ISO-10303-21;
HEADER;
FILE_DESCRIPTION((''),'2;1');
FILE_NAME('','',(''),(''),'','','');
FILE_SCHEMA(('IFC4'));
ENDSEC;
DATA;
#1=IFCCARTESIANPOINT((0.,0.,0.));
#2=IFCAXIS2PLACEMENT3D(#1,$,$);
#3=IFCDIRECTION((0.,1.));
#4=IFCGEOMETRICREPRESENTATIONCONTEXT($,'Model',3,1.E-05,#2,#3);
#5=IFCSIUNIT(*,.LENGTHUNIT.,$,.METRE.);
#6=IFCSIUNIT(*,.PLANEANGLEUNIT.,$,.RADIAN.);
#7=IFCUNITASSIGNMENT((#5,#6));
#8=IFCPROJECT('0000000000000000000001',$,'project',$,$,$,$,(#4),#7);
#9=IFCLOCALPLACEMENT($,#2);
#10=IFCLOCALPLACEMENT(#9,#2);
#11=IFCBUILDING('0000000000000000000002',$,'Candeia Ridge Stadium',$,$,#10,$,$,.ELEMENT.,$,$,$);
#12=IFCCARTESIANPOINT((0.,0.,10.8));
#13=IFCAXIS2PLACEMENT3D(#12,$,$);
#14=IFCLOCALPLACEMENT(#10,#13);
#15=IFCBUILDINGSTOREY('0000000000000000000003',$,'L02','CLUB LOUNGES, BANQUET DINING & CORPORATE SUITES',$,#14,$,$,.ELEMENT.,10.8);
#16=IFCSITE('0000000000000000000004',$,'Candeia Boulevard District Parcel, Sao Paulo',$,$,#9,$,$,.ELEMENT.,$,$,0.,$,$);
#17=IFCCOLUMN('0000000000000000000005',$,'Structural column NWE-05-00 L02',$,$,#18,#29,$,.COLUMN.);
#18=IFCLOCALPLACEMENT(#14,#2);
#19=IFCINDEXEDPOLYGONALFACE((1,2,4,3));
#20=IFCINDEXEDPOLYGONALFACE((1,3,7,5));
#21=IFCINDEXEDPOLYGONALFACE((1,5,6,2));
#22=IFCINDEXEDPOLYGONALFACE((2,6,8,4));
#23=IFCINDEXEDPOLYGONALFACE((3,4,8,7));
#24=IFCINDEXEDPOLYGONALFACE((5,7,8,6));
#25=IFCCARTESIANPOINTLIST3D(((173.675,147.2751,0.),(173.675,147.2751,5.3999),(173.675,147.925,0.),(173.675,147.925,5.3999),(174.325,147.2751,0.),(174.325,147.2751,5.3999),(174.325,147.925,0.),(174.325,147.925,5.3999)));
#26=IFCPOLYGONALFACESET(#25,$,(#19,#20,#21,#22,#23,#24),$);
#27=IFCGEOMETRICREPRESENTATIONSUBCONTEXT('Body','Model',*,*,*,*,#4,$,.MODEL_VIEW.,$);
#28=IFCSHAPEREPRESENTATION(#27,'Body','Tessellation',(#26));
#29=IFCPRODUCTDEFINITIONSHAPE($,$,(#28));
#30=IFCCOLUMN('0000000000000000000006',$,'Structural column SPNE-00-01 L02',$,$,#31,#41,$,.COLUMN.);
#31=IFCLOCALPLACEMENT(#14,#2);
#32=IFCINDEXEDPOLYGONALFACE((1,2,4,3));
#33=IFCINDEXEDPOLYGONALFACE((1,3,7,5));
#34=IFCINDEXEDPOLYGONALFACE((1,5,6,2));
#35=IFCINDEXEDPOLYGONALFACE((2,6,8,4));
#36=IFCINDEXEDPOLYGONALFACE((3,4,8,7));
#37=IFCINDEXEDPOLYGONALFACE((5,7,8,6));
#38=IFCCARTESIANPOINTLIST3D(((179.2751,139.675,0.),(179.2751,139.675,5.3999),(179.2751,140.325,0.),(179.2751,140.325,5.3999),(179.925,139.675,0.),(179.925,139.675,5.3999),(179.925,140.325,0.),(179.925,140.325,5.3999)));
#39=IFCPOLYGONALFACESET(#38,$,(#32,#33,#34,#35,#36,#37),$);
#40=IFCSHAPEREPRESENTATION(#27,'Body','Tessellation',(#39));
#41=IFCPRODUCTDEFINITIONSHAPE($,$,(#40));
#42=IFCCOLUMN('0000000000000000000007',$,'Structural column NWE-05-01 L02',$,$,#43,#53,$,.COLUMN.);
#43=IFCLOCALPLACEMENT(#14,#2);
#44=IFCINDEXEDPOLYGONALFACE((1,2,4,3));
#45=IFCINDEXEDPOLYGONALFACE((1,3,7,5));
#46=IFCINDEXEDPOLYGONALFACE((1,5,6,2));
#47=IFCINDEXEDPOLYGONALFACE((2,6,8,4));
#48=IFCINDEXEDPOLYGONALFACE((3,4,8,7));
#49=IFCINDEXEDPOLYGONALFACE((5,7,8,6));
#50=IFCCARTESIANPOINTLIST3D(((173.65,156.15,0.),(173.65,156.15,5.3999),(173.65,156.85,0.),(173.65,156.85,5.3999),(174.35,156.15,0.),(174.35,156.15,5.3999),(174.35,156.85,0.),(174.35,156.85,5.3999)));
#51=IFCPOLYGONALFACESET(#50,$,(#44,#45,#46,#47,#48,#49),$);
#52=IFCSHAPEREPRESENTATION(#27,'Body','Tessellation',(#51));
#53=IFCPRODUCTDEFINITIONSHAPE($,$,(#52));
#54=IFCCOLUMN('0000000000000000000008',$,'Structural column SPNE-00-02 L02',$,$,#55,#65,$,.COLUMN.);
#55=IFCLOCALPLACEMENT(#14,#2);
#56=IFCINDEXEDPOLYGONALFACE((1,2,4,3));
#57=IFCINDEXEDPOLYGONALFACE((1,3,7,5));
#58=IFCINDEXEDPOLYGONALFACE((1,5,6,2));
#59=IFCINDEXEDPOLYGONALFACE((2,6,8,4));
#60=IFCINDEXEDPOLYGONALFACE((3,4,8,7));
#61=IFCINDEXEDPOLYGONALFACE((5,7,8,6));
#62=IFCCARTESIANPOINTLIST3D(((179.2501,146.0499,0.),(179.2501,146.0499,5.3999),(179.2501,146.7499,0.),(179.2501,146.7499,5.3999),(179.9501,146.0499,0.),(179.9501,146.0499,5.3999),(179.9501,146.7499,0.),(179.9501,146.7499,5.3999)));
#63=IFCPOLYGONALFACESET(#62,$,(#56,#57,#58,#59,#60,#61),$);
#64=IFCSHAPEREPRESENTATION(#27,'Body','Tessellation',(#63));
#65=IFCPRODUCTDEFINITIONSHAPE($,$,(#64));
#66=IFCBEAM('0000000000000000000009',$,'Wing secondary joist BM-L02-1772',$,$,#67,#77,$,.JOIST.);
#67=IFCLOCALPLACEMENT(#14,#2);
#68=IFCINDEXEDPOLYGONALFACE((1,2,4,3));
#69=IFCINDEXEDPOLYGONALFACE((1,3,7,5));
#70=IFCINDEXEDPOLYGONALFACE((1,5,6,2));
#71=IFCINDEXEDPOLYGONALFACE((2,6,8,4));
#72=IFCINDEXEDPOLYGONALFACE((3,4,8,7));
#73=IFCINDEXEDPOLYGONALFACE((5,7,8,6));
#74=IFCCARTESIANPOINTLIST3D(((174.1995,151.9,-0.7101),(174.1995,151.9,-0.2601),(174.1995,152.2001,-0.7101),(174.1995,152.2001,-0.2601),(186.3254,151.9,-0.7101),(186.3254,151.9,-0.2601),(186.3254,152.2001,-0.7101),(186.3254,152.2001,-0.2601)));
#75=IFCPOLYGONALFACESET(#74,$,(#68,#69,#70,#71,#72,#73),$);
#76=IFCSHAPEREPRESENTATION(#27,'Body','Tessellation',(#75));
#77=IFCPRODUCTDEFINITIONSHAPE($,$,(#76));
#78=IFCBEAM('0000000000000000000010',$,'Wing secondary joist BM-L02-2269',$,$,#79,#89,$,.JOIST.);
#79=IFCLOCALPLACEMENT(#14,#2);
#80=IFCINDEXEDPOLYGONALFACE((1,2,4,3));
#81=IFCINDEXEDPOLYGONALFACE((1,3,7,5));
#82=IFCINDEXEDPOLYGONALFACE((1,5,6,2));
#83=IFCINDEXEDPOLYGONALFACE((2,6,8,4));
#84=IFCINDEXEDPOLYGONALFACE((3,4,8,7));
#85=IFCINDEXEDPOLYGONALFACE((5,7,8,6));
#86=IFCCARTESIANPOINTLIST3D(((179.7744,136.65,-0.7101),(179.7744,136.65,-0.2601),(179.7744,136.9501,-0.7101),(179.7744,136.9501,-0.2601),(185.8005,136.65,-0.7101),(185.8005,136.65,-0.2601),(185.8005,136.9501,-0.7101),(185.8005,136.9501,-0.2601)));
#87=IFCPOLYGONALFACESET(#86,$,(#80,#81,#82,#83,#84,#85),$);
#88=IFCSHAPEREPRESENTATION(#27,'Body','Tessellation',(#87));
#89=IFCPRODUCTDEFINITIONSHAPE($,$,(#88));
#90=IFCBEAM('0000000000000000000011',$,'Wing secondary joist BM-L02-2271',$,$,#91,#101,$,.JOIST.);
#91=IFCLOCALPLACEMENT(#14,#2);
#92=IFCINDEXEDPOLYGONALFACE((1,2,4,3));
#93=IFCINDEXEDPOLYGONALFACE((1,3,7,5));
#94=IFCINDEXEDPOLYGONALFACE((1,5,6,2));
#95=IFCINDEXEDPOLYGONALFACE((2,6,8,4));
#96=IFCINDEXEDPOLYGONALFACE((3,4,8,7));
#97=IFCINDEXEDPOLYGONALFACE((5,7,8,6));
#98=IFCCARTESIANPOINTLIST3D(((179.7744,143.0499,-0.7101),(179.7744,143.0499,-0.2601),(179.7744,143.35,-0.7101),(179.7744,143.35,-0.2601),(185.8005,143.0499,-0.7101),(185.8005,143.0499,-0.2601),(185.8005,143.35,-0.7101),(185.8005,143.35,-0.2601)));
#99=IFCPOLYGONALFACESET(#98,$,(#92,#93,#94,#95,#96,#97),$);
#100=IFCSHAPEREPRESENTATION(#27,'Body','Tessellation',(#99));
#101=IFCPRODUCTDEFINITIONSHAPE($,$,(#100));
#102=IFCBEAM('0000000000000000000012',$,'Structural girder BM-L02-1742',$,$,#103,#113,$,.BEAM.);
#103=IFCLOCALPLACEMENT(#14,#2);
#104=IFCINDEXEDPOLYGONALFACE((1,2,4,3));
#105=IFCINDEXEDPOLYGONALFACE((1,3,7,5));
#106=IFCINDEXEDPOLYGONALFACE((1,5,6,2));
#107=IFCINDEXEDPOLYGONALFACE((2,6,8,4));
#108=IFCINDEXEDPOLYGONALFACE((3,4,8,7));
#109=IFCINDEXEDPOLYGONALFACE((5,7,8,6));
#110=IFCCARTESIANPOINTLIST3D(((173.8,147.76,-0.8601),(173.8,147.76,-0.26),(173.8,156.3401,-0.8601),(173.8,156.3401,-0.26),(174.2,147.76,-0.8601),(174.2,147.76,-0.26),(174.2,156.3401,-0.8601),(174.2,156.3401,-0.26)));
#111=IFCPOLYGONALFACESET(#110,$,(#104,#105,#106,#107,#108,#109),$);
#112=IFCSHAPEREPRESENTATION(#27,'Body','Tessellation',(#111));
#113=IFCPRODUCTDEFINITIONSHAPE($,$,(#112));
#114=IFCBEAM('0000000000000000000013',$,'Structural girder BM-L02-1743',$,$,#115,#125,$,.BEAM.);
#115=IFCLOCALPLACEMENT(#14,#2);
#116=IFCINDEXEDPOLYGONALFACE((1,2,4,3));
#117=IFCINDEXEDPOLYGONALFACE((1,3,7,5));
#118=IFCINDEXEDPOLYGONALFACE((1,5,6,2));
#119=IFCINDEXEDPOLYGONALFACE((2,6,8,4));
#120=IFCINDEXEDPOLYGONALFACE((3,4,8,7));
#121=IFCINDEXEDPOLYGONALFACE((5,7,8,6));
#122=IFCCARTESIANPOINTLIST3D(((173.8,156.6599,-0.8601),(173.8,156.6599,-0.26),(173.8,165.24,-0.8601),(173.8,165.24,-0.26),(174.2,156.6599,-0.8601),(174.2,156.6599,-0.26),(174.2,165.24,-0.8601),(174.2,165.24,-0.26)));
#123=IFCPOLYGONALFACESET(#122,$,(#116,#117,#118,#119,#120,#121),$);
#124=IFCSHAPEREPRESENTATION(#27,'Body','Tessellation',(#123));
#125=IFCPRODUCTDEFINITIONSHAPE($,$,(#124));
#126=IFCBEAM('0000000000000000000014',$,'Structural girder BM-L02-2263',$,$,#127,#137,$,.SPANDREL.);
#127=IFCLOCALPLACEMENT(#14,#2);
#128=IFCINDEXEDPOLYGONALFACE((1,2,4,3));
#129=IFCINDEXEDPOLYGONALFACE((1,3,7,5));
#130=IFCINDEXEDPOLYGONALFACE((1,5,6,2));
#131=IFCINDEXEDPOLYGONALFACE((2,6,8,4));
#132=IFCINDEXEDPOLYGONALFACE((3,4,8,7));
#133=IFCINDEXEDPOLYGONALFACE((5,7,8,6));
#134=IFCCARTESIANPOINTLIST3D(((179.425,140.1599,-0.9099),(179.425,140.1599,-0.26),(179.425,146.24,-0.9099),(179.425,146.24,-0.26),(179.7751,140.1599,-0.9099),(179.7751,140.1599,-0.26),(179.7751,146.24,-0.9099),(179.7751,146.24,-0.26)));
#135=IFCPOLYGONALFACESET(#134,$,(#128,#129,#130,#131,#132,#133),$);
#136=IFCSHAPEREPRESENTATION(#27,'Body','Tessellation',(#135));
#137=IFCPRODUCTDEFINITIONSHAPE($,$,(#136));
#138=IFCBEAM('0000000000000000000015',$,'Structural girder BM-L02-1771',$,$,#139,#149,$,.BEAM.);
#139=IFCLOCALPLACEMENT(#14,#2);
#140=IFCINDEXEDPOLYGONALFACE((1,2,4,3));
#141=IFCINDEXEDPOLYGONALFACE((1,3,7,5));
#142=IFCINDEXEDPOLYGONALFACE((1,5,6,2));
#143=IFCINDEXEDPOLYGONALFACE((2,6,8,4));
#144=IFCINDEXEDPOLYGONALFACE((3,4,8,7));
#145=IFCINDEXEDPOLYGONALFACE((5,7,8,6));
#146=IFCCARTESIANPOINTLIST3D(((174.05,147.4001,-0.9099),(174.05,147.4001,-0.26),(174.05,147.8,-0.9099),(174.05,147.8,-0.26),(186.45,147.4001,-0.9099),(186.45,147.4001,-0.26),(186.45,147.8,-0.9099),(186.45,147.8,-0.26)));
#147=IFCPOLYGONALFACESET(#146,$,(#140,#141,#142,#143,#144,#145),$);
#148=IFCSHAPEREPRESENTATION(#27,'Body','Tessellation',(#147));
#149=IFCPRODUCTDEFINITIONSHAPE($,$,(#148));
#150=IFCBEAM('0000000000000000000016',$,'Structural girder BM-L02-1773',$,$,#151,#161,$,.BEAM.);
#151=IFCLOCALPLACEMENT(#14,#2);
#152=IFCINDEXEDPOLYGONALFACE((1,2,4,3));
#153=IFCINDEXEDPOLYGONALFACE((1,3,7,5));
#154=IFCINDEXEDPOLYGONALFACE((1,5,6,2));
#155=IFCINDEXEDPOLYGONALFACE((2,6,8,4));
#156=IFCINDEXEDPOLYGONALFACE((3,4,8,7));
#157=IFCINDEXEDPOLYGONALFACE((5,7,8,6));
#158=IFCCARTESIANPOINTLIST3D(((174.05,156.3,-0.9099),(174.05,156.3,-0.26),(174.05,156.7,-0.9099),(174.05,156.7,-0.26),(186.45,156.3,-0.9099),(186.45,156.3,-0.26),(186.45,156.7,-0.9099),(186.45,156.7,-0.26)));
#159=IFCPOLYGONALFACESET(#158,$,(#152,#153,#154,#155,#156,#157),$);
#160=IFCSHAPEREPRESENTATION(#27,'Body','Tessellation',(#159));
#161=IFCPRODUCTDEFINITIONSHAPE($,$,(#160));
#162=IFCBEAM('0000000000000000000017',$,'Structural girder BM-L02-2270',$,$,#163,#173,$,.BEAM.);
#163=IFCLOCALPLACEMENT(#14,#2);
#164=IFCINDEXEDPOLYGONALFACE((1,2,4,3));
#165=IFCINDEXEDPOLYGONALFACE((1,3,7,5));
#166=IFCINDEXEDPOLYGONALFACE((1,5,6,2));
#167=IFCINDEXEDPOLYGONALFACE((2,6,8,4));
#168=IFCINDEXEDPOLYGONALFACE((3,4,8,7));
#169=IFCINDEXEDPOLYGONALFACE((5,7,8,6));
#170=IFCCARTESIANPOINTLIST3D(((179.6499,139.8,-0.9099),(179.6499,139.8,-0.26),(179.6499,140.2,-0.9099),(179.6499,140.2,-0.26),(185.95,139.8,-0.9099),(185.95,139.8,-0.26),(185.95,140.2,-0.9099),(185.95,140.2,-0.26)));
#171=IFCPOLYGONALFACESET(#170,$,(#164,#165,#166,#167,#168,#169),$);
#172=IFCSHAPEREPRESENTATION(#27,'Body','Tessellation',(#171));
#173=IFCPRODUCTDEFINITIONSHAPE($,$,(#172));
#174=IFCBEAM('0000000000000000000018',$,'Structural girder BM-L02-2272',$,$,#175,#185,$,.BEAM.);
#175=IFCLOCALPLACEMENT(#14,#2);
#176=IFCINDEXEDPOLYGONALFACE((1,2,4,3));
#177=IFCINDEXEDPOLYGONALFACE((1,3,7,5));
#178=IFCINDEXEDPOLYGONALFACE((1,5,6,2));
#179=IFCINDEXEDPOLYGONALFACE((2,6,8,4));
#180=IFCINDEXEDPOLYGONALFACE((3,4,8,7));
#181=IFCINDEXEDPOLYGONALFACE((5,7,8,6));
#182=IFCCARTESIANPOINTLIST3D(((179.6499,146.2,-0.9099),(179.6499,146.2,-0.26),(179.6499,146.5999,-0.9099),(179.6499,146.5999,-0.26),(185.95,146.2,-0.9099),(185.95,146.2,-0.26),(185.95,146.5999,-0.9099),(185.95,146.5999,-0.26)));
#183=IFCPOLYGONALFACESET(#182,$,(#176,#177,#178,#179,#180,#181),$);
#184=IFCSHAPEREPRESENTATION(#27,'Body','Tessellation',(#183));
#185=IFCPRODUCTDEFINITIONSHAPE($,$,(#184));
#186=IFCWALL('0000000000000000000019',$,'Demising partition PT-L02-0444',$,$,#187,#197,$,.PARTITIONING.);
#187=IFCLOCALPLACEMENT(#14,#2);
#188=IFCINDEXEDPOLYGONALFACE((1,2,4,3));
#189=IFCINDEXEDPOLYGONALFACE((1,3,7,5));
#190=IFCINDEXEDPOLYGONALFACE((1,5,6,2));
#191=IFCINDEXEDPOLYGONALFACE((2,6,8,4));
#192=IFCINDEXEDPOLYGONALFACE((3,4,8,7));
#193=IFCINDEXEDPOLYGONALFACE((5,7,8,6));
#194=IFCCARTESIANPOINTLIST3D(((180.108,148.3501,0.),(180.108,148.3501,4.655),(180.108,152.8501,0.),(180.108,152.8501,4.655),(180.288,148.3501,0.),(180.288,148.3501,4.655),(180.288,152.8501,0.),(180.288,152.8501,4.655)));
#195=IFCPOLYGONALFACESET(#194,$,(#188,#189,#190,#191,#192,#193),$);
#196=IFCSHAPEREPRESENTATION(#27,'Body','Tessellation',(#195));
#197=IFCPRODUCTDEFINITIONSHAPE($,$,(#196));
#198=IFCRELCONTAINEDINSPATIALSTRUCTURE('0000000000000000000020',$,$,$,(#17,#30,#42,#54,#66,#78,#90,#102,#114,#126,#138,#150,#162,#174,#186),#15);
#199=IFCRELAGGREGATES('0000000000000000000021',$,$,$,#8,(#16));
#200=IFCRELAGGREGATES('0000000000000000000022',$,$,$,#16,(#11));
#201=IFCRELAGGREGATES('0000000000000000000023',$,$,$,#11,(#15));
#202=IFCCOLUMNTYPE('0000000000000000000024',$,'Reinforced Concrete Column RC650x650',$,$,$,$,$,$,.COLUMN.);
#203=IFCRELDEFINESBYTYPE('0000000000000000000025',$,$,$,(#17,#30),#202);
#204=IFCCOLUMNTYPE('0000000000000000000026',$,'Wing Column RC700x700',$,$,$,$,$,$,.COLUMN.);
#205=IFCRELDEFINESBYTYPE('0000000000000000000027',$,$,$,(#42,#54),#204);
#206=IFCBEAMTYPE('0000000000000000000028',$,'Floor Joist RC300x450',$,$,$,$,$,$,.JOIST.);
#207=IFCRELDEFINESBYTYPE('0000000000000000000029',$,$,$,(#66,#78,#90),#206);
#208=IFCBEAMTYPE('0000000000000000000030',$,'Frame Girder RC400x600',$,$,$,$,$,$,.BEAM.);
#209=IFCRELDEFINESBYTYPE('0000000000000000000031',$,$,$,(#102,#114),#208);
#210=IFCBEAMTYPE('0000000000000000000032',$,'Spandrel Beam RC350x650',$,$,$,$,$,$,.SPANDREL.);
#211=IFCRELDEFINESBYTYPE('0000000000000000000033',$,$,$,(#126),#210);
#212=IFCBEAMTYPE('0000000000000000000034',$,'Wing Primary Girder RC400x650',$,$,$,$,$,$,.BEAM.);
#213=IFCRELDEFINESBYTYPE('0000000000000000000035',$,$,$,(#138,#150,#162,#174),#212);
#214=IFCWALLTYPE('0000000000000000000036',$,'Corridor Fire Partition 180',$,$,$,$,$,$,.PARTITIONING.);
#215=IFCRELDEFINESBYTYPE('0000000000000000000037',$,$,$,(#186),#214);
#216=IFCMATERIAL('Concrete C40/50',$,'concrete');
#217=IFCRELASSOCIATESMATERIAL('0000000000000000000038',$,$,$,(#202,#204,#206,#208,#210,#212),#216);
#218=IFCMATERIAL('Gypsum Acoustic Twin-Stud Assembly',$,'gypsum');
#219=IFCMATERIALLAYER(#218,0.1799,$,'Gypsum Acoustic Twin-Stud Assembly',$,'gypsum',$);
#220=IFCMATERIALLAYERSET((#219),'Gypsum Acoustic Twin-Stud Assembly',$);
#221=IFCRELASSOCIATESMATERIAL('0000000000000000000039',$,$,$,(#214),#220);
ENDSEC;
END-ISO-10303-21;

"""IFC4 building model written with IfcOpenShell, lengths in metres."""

from ifc_helpers import new_model, si_unit, direction, frame, frame_2d, origin, origin_2d, place, context, subcontext, project, spatial, rectangle, extrude, material, layer, layer_set, material_profile, profile_set, type_object, element, save


model = new_model("IFC4")

# Units and contexts
model_context = context("Model", 3, precision=1e-05, world=origin(), true_north=direction((0.0, 1.0)))
body_context = subcontext(model_context, "Body", "Model", "MODEL_VIEW")
ifc_project = project(units=[si_unit("LENGTHUNIT", "METRE"), si_unit("PLANEANGLEUNIT", "RADIAN")], contexts=[model_context])

# Site, building, storey
site_placement = place(None, origin())
site = spatial("IfcSite", under=ifc_project, at=site_placement, Name="Candeia Boulevard District Parcel, Sao Paulo", CompositionType="ELEMENT", RefElevation=0.0)
building_placement = place(site_placement, origin())
building = spatial("IfcBuilding", under=site, at=building_placement, Name="Candeia Ridge Stadium", CompositionType="ELEMENT")
storey_placement = place(building_placement, frame((0.0, 0.0, 10.8)))
storey = spatial("IfcBuildingStorey", under=building, at=storey_placement, Name="L02", Description="CLUB LOUNGES, BANQUET DINING & CORPORATE SUITES", CompositionType="ELEMENT", Elevation=10.8)

# Columns
ifc_material_1 = material(Name="Concrete C40/50", Category="concrete")
ifc_material_profile_1 = material_profile(ifc_material_1, rectangle(XDim=0.6499, YDim=0.6499, at=origin_2d()), Name="RC650x650", Category="concrete")
ifc_profile_set_1 = profile_set([ifc_material_profile_1], Name="Concrete C40/50")
column_type_1 = type_object("IfcColumnType", Name="Reinforced Concrete Column RC650x650", PredefinedType="COLUMN", material=ifc_profile_set_1)
for number, where, z_axis, x_axis, name in (
    (1, (174.0, 147.6001, 0.0), (0.0, 0.0, 1.0), (1.0, 0.0, 0.0), "Structural column NWE-05-00 L02"),
    (2, (179.6001, 140.0, 0.0), (0.0, 0.0, 1.0), (1.0, 0.0, 0.0), "Structural column SPNE-00-01 L02"),
):
    element("IfcColumn", number, at=place(storey_placement, frame(where, z_axis=z_axis, x_axis=x_axis)), inside=storey, type_object=column_type_1, Name=name, PredefinedType="COLUMN", context=body_context, shape_type="SweptSolid", body=[
        extrude(rectangle(XDim=0.6499, YDim=0.6499, at=origin_2d()), origin(), (0.0, 0.0, 1.0), 5.3999),
    ])
ifc_material_profile_2 = material_profile(ifc_material_1, rectangle(XDim=0.7, YDim=0.7, at=origin_2d()), Name="RC700x700", Category="concrete")
ifc_profile_set_2 = profile_set([ifc_material_profile_2], Name="Concrete C40/50")
column_type_2 = type_object("IfcColumnType", Name="Wing Column RC700x700", PredefinedType="COLUMN", material=ifc_profile_set_2)
for number, where, z_axis, x_axis, name in (
    (3, (174.0, 156.5, 0.0), (0.0, 0.0, 1.0), (1.0, 0.0, 0.0), "Structural column NWE-05-01 L02"),
    (4, (179.6001, 146.3999, 0.0), (0.0, 0.0, 1.0), (1.0, 0.0, 0.0), "Structural column SPNE-00-02 L02"),
):
    element("IfcColumn", number, at=place(storey_placement, frame(where, z_axis=z_axis, x_axis=x_axis)), inside=storey, type_object=column_type_2, Name=name, PredefinedType="COLUMN", context=body_context, shape_type="SweptSolid", body=[
        extrude(rectangle(XDim=0.7, YDim=0.7, at=origin_2d()), origin(), (0.0, 0.0, 1.0), 5.3999),
    ])

# Beams
ifc_material_profile_3 = material_profile(ifc_material_1, rectangle(XDim=0.3, YDim=0.45, at=origin_2d()), Name="RC300x450", Category="concrete")
ifc_profile_set_3 = profile_set([ifc_material_profile_3], Name="Concrete C40/50")
beam_type_1 = type_object("IfcBeamType", Name="Floor Joist RC300x450", PredefinedType="JOIST", material=ifc_profile_set_3)
beam_1_placement = place(storey_placement, frame((174.1995, 152.05, -0.4851), z_axis=(1.0, 0.0, 0.0), x_axis=(0.0, 1.0, 0.0)))
element("IfcBeam", 5, at=beam_1_placement, inside=storey, type_object=beam_type_1, Name="Wing secondary joist BM-L02-1772", PredefinedType="JOIST", context=body_context, shape_type="SweptSolid", body=[
    extrude(rectangle(XDim=0.3, YDim=0.45, at=origin_2d()), origin(), (0.0, 0.0, 1.0), 12.126),
])
for number, where, z_axis, x_axis, name in (
    (6, (179.7744, 136.8, -0.4851), (1.0, 0.0, 0.0), (0.0, 1.0, 0.0), "Wing secondary joist BM-L02-2269"),
    (7, (179.7744, 143.2, -0.4851), (1.0, 0.0, 0.0), (0.0, 1.0, 0.0), "Wing secondary joist BM-L02-2271"),
):
    element("IfcBeam", number, at=place(storey_placement, frame(where, z_axis=z_axis, x_axis=x_axis)), inside=storey, type_object=beam_type_1, Name=name, PredefinedType="JOIST", context=body_context, shape_type="SweptSolid", body=[
        extrude(rectangle(XDim=0.3, YDim=0.45, at=origin_2d()), origin(), (0.0, 0.0, 1.0), 6.0261),
    ])
ifc_material_profile_4 = material_profile(ifc_material_1, rectangle(XDim=0.3999, YDim=0.6001, at=origin_2d()), Name="RC400x600", Category="concrete")
ifc_profile_set_4 = profile_set([ifc_material_profile_4], Name="Concrete C40/50")
beam_type_2 = type_object("IfcBeamType", Name="Frame Girder RC400x600", PredefinedType="BEAM", material=ifc_profile_set_4)
for number, where, z_axis, x_axis, name in (
    (8, (174.0, 147.76, -0.5601), (0.0, 1.0, 0.0), (-1.0, 0.0, 0.0), "Structural girder BM-L02-1742"),
    (9, (174.0, 156.6599, -0.5601), (0.0, 1.0, 0.0), (-1.0, 0.0, 0.0), "Structural girder BM-L02-1743"),
):
    element("IfcBeam", number, at=place(storey_placement, frame(where, z_axis=z_axis, x_axis=x_axis)), inside=storey, type_object=beam_type_2, Name=name, PredefinedType="BEAM", context=body_context, shape_type="SweptSolid", body=[
        extrude(rectangle(XDim=0.3999, YDim=0.6001, at=origin_2d()), origin(), (0.0, 0.0, 1.0), 8.5801),
    ])
ifc_material_profile_5 = material_profile(ifc_material_1, rectangle(XDim=0.3501, YDim=0.6499, at=origin_2d()), Name="RC350x650", Category="concrete")
ifc_profile_set_5 = profile_set([ifc_material_profile_5], Name="Concrete C40/50")
beam_type_3 = type_object("IfcBeamType", Name="Spandrel Beam RC350x650", PredefinedType="SPANDREL", material=ifc_profile_set_5)
beam_2_placement = place(storey_placement, frame((179.6001, 140.1599, -0.585), z_axis=(0.0, 1.0, 0.0), x_axis=(-1.0, 0.0, 0.0)))
element("IfcBeam", 10, at=beam_2_placement, inside=storey, type_object=beam_type_3, Name="Structural girder BM-L02-2263", PredefinedType="SPANDREL", context=body_context, shape_type="SweptSolid", body=[
    extrude(rectangle(XDim=0.3501, YDim=0.6499, at=origin_2d()), origin(), (0.0, 0.0, 1.0), 6.0801),
])
ifc_material_profile_6 = material_profile(ifc_material_1, rectangle(XDim=0.3999, YDim=0.6499, at=origin_2d()), Name="RC400x650", Category="concrete")
ifc_profile_set_6 = profile_set([ifc_material_profile_6], Name="Concrete C40/50")
beam_type_4 = type_object("IfcBeamType", Name="Wing Primary Girder RC400x650", PredefinedType="BEAM", material=ifc_profile_set_6)
for number, where, z_axis, x_axis, name in (
    (11, (174.05, 147.6001, -0.585), (1.0, 0.0, 0.0), (0.0, 1.0, 0.0), "Structural girder BM-L02-1771"),
    (12, (174.05, 156.5, -0.585), (1.0, 0.0, 0.0), (0.0, 1.0, 0.0), "Structural girder BM-L02-1773"),
):
    element("IfcBeam", number, at=place(storey_placement, frame(where, z_axis=z_axis, x_axis=x_axis)), inside=storey, type_object=beam_type_4, Name=name, PredefinedType="BEAM", context=body_context, shape_type="SweptSolid", body=[
        extrude(rectangle(XDim=0.3999, YDim=0.6499, at=origin_2d()), origin(), (0.0, 0.0, 1.0), 12.3999),
    ])
for number, where, z_axis, x_axis, name in (
    (13, (179.6499, 140.0, -0.585), (1.0, 0.0, 0.0), (0.0, 1.0, 0.0), "Structural girder BM-L02-2270"),
    (14, (179.6499, 146.3999, -0.585), (1.0, 0.0, 0.0), (0.0, 1.0, 0.0), "Structural girder BM-L02-2272"),
):
    element("IfcBeam", number, at=place(storey_placement, frame(where, z_axis=z_axis, x_axis=x_axis)), inside=storey, type_object=beam_type_4, Name=name, PredefinedType="BEAM", context=body_context, shape_type="SweptSolid", body=[
        extrude(rectangle(XDim=0.3999, YDim=0.6499, at=origin_2d()), origin(), (0.0, 0.0, 1.0), 6.3),
    ])

# Wall
ifc_material_2 = material(Name="Gypsum Acoustic Twin-Stud Assembly", Category="gypsum")
ifc_layer_1 = layer(ifc_material_2, 0.1799, Name="Gypsum Acoustic Twin-Stud Assembly", Category="gypsum")
ifc_layer_set_1 = layer_set([ifc_layer_1], Name="Gypsum Acoustic Twin-Stud Assembly")
wall_type_1 = type_object("IfcWallType", Name="Corridor Fire Partition 180", PredefinedType="PARTITIONING", material=ifc_layer_set_1)
wall_1_placement = place(storey_placement, frame((180.198, 148.3501, 0.0), z_axis=(0.0, 0.0, 1.0), x_axis=(0.0, 1.0, 0.0)))
element("IfcWall", 15, at=wall_1_placement, inside=storey, type_object=wall_type_1, Name="Demising partition PT-L02-0444", PredefinedType="PARTITIONING", context=body_context, shape_type="SweptSolid", body=[
    extrude(rectangle(XDim=4.5, YDim=0.1799, at=frame_2d((2.25, 0.0))), origin(), (0.0, 0.0, 1.0), 4.655),
])

save(model, "model.ifc")
